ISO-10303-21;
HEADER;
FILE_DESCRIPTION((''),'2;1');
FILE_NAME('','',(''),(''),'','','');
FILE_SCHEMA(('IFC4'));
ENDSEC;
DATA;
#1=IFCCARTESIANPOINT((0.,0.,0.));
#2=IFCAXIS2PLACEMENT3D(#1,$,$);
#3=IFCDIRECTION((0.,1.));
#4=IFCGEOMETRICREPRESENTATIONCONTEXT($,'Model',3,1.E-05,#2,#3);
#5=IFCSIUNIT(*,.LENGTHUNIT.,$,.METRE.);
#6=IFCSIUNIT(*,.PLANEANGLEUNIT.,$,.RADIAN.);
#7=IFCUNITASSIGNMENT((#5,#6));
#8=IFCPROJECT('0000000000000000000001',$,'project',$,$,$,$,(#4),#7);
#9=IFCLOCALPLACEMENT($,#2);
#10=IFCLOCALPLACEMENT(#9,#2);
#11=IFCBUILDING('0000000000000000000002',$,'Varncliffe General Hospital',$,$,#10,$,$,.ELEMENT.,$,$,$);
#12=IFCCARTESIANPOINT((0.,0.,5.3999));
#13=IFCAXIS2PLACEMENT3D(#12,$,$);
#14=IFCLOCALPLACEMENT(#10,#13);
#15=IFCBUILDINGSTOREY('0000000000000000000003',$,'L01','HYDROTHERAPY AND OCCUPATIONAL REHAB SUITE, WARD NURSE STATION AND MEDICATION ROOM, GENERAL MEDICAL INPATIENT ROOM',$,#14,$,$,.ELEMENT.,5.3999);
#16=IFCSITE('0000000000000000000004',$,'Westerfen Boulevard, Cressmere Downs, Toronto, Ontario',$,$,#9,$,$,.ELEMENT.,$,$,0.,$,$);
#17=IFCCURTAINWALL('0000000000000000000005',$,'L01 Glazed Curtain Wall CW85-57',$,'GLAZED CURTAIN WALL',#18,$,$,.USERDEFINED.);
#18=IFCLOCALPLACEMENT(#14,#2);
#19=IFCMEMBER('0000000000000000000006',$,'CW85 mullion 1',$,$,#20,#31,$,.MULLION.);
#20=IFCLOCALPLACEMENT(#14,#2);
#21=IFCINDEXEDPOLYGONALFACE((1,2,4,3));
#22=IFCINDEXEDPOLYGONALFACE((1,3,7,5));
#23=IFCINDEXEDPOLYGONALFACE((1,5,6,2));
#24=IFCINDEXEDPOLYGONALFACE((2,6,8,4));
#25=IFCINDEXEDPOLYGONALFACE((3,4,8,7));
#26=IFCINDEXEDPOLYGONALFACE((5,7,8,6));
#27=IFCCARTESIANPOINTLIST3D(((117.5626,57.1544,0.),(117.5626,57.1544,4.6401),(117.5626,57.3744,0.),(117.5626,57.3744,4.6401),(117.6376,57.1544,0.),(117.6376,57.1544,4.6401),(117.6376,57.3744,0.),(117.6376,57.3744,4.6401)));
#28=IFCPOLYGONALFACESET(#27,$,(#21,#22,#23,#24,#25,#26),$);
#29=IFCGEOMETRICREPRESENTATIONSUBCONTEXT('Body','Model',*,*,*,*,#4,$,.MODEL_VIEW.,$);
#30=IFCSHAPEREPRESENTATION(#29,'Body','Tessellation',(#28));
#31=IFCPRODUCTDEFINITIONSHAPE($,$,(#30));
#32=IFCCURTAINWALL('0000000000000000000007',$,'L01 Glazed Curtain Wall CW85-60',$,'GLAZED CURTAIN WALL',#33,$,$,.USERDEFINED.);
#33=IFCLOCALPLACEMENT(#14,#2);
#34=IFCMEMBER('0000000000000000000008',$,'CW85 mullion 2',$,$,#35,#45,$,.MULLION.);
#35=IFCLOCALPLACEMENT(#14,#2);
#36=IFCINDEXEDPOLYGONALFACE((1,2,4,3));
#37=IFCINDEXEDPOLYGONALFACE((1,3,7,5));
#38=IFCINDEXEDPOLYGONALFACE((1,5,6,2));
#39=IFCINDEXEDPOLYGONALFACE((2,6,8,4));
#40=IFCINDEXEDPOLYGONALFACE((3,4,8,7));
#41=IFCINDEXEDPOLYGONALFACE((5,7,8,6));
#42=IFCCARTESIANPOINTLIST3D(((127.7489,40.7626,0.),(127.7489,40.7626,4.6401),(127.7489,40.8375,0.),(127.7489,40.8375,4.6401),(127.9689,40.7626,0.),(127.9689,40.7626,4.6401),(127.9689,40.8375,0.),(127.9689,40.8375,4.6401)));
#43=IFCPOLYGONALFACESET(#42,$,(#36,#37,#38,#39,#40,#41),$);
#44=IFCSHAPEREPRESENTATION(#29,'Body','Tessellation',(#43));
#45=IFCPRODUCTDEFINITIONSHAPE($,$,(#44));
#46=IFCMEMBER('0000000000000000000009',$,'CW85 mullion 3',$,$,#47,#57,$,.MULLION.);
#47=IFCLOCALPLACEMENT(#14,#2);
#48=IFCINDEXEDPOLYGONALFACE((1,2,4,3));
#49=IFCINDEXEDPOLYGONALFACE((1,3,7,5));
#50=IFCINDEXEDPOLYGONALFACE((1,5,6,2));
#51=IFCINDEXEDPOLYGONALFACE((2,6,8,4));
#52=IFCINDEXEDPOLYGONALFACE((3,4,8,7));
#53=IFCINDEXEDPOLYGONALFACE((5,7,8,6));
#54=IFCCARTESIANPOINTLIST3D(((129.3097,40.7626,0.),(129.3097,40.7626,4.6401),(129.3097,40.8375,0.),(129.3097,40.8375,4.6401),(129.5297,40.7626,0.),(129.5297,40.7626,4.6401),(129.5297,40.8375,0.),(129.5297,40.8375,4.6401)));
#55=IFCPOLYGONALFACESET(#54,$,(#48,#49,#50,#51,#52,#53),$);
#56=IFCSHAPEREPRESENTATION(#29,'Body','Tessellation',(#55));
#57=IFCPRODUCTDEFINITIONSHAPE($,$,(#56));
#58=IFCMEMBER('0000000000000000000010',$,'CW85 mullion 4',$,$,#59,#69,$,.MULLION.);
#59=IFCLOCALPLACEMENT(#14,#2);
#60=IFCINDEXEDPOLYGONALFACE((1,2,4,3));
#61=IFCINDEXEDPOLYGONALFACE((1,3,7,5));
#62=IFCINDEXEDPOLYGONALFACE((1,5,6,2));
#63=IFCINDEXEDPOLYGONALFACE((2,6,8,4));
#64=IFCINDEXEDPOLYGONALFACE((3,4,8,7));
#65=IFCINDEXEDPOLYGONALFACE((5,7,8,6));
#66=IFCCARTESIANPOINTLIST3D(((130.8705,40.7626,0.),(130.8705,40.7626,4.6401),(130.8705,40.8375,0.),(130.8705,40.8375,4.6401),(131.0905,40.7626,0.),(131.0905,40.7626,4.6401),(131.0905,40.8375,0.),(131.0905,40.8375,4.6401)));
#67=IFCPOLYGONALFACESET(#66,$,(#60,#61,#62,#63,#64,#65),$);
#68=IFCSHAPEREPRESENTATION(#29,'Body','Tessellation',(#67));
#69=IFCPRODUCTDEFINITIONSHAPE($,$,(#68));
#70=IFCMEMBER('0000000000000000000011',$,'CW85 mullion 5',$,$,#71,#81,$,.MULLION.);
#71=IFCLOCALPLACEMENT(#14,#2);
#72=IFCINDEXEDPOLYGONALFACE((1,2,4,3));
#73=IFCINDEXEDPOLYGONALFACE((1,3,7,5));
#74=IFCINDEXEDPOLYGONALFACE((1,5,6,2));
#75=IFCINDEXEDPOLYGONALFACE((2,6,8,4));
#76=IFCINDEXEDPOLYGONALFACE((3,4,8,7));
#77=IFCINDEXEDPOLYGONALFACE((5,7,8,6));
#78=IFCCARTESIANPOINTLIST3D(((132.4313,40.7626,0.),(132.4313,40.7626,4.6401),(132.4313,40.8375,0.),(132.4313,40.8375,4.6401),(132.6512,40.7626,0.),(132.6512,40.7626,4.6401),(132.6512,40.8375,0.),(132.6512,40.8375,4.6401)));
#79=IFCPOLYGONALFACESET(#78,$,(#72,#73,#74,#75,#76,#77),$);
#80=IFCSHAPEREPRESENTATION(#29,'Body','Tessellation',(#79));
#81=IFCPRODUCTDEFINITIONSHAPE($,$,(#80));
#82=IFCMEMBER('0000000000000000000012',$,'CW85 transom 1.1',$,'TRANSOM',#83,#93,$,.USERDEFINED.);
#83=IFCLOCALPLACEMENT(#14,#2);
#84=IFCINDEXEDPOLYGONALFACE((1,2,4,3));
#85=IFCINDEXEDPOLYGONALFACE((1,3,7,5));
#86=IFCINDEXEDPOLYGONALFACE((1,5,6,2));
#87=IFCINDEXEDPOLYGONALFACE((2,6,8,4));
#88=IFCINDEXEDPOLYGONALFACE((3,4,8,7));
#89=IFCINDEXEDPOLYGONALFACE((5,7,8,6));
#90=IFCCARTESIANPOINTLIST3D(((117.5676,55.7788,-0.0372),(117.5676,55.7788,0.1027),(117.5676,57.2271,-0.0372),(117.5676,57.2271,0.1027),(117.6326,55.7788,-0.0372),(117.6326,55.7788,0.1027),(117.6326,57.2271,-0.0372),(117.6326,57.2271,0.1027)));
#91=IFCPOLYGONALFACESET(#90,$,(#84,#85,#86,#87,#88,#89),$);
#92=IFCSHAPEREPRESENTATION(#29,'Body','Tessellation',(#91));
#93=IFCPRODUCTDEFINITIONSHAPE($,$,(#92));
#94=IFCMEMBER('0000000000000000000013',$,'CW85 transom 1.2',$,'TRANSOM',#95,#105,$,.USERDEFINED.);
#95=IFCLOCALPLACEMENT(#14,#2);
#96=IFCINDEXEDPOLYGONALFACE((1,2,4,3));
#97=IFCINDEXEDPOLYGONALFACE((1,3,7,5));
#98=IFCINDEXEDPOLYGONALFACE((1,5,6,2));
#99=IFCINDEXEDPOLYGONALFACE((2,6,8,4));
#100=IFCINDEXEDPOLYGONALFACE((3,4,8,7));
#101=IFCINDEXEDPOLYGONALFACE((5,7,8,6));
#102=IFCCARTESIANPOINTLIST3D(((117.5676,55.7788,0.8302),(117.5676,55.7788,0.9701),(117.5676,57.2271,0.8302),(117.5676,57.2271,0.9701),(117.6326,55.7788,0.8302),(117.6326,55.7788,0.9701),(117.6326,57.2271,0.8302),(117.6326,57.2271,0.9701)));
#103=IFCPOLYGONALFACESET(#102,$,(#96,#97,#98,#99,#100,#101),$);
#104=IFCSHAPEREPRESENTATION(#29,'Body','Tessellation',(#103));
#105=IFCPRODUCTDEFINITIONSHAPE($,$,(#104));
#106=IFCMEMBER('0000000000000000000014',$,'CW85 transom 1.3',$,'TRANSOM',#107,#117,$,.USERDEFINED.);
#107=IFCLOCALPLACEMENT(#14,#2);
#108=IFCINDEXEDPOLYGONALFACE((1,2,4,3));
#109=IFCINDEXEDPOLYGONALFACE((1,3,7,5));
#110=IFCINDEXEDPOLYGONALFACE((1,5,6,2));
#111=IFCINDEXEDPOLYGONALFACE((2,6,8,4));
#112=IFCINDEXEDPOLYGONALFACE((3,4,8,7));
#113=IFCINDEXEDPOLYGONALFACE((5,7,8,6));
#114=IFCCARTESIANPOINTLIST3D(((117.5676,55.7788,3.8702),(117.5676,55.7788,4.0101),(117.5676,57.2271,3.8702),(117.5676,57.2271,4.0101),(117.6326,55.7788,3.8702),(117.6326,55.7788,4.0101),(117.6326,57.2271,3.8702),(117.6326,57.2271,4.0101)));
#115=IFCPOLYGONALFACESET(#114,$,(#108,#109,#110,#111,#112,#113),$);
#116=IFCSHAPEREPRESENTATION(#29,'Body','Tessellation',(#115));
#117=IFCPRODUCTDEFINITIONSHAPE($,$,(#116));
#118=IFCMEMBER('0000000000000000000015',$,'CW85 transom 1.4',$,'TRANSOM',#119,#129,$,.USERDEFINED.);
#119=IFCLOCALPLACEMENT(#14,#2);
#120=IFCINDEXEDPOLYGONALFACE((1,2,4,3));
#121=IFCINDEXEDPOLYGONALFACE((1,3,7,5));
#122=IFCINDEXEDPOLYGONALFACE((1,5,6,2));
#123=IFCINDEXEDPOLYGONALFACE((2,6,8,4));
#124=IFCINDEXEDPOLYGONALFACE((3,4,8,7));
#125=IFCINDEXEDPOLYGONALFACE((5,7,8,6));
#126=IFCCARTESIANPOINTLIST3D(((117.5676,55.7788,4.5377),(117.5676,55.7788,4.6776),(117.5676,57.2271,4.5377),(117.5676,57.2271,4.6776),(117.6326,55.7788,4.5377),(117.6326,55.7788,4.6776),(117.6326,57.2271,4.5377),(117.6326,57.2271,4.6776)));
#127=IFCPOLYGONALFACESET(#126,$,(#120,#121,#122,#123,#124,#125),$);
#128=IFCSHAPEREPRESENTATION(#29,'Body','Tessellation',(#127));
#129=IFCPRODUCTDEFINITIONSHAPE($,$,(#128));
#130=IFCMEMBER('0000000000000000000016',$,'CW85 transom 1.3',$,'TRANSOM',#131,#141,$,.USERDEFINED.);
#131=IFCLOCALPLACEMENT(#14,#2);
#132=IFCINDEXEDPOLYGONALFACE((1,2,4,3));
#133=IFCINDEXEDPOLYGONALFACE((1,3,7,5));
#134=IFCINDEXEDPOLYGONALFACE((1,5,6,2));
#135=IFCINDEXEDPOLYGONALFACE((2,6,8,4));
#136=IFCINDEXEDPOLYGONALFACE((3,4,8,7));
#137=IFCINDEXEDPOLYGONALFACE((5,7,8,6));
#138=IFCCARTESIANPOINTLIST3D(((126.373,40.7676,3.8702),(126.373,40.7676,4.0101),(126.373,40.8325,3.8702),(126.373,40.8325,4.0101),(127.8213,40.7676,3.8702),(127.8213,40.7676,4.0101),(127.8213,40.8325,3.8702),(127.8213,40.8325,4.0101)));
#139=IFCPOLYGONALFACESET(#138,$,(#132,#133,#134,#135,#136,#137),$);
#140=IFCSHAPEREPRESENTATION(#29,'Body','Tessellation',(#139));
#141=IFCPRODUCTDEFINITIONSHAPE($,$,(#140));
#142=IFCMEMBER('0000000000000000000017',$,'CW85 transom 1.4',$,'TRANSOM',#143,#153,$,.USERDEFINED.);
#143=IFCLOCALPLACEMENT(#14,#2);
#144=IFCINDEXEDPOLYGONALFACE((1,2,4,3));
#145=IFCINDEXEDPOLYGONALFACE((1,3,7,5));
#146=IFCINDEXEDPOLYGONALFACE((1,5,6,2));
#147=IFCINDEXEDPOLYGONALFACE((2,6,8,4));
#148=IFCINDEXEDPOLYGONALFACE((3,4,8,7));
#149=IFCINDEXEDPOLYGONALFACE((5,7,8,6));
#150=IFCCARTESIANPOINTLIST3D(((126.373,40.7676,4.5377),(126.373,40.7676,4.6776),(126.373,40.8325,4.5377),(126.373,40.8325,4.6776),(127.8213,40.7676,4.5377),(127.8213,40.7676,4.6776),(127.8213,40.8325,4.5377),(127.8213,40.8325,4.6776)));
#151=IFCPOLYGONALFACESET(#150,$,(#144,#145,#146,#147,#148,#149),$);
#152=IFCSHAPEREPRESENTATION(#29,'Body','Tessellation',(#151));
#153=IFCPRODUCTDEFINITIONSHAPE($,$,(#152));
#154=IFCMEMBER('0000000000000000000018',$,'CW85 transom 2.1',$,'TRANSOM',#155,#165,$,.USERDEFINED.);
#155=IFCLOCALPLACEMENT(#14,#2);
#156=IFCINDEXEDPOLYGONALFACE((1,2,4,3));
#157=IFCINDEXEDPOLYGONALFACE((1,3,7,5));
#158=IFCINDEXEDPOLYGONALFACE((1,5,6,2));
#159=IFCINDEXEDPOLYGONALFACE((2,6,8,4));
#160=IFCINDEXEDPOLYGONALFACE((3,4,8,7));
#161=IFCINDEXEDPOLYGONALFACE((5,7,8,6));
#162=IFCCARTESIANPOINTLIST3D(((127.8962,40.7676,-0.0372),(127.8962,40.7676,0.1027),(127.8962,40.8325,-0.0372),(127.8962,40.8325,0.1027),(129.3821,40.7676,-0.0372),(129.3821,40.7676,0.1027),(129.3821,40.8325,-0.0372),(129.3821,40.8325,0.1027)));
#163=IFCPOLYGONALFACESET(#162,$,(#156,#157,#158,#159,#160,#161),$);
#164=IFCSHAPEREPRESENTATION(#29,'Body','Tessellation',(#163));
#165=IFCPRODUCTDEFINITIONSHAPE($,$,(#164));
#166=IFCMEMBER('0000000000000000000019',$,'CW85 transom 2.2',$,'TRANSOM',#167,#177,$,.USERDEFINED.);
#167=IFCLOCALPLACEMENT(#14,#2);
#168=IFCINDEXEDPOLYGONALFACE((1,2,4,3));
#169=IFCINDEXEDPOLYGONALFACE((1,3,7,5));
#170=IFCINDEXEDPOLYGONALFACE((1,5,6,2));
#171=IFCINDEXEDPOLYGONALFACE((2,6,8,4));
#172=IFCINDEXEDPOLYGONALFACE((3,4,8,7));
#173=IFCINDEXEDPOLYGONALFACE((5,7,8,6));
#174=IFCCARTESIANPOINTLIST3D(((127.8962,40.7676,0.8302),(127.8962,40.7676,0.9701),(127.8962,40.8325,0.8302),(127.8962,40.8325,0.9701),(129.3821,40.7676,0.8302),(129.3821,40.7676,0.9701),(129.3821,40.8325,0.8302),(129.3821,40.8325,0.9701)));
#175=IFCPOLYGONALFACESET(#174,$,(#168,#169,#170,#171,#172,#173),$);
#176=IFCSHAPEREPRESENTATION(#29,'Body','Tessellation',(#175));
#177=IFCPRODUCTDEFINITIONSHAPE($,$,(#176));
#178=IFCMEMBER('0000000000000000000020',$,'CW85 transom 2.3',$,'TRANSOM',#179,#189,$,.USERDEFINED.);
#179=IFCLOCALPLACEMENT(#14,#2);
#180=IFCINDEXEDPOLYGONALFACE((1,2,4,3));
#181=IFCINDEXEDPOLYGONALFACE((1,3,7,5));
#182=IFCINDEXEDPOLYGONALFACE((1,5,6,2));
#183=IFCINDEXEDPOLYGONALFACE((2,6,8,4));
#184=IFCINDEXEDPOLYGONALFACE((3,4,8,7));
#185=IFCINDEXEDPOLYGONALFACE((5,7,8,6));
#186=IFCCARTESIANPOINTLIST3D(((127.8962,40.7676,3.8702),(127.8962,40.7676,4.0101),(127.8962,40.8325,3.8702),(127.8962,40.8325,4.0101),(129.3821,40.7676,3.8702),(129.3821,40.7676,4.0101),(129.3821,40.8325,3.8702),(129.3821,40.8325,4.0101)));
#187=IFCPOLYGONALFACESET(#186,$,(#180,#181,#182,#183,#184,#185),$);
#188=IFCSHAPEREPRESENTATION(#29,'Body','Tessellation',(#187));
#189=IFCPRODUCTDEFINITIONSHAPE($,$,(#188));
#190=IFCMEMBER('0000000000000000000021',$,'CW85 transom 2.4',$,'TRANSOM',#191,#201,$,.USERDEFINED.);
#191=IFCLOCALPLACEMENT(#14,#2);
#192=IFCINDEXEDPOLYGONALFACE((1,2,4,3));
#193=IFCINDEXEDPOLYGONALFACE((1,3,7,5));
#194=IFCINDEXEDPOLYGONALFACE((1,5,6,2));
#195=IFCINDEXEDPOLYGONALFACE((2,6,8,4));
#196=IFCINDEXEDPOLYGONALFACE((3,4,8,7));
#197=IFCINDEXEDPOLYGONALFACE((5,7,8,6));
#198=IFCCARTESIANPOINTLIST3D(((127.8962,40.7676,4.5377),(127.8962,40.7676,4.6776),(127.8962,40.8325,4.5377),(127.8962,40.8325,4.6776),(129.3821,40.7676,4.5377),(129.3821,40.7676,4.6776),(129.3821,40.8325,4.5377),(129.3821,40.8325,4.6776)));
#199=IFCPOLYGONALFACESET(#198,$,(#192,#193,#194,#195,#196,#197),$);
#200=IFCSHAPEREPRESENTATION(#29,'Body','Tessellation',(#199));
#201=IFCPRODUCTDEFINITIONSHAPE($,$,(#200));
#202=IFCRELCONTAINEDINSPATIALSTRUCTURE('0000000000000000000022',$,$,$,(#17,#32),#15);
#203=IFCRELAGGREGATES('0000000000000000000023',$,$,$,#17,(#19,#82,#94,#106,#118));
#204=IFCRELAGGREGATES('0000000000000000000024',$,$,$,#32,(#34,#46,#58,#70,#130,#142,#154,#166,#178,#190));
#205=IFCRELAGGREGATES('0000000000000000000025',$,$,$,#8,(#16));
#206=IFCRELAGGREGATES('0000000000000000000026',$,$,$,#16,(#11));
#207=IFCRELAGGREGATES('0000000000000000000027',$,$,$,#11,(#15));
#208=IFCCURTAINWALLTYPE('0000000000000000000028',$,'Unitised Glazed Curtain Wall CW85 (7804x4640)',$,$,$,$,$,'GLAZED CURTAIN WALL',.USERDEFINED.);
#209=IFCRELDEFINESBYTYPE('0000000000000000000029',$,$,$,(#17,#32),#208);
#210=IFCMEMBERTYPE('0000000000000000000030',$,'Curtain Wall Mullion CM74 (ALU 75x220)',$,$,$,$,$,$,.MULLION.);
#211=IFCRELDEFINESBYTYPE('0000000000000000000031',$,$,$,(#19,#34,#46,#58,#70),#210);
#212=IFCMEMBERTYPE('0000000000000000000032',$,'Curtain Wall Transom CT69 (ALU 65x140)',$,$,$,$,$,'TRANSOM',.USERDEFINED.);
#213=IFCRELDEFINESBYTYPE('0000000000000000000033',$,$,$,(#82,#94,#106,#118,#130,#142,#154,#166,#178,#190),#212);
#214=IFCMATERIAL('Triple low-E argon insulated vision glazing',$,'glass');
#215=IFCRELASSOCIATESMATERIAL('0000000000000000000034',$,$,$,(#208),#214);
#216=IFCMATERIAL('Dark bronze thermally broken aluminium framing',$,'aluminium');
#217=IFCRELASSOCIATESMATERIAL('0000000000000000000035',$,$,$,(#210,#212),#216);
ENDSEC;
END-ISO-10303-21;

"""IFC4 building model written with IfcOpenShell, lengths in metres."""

from ifc_helpers import new_model, si_unit, direction, frame, origin, origin_2d, place, context, subcontext, project, spatial, rectangle, extrude, material, material_profile, profile_set, type_object, element, aggregate, save


model = new_model("IFC4")

# Units and contexts
model_context = context("Model", 3, precision=1e-05, world=origin(), true_north=direction((0.0, 1.0)))
body_context = subcontext(model_context, "Body", "Model", "MODEL_VIEW")
ifc_project = project(units=[si_unit("LENGTHUNIT", "METRE"), si_unit("PLANEANGLEUNIT", "RADIAN")], contexts=[model_context])

# Site, building, storey
site_placement = place(None, origin())
site = spatial("IfcSite", under=ifc_project, at=site_placement, Name="Westerfen Boulevard, Cressmere Downs, Toronto, Ontario", CompositionType="ELEMENT", RefElevation=0.0)
building_placement = place(site_placement, origin())
building = spatial("IfcBuilding", under=site, at=building_placement, Name="Varncliffe General Hospital", CompositionType="ELEMENT")
storey_placement = place(building_placement, frame((0.0, 0.0, 5.3999)))
storey = spatial("IfcBuildingStorey", under=building, at=storey_placement, Name="L01", Description="HYDROTHERAPY AND OCCUPATIONAL REHAB SUITE, WARD NURSE STATION AND MEDICATION ROOM, GENERAL MEDICAL INPATIENT ROOM", CompositionType="ELEMENT", Elevation=5.3999)

# Curtain wall, member
ifc_material_1 = material(Name="Triple low-E argon insulated vision glazing", Category="glass")
curtain_wall_type = type_object("IfcCurtainWallType", Name="Unitised Glazed Curtain Wall CW85 (7804x4640)", ElementType="GLAZED CURTAIN WALL", PredefinedType="USERDEFINED", material=ifc_material_1)
curtain_wall_1_placement = place(storey_placement, origin())
curtain_wall_1 = element("IfcCurtainWall", 1, at=curtain_wall_1_placement, inside=storey, type_object=curtain_wall_type, Name="L01 Glazed Curtain Wall CW85-57", ObjectType="GLAZED CURTAIN WALL", PredefinedType="USERDEFINED")
ifc_material_2 = material(Name="Dark bronze thermally broken aluminium framing", Category="aluminium")
ifc_material_profile_1 = material_profile(ifc_material_2, rectangle(XDim=0.075, YDim=0.22, at=origin_2d()), Name="ALU 75x220")
ifc_profile_set_1 = profile_set([ifc_material_profile_1], Name="Dark bronze thermally broken aluminium framing")
member_type_1 = type_object("IfcMemberType", Name="Curtain Wall Mullion CM74 (ALU 75x220)", PredefinedType="MULLION", material=ifc_profile_set_1)
member_1_placement = place(storey_placement, frame((117.6001, 57.2644, 0.0), z_axis=(0.0, 0.0, 1.0), x_axis=(1.0, 0.0, 0.0)))
member_1 = element("IfcMember", 2, at=member_1_placement, type_object=member_type_1, Name="CW85 mullion 1", PredefinedType="MULLION", context=body_context, shape_type="SweptSolid", body=[
    extrude(rectangle(XDim=0.075, YDim=0.22, at=origin_2d()), origin(), (0.0, 0.0, 1.0), 4.6401),
])

# Curtain wall, members
curtain_wall_2_placement = place(storey_placement, origin())
curtain_wall_2 = element("IfcCurtainWall", 3, at=curtain_wall_2_placement, inside=storey, type_object=curtain_wall_type, Name="L01 Glazed Curtain Wall CW85-60", ObjectType="GLAZED CURTAIN WALL", PredefinedType="USERDEFINED")
member_2_placement = place(storey_placement, frame((127.8589, 40.8, 0.0), z_axis=(0.0, 0.0, 1.0), x_axis=(0.0, 1.0, 0.0)))
member_2 = element("IfcMember", 4, at=member_2_placement, type_object=member_type_1, Name="CW85 mullion 2", PredefinedType="MULLION", context=body_context, shape_type="SweptSolid", body=[
    extrude(rectangle(XDim=0.075, YDim=0.22, at=origin_2d()), origin(), (0.0, 0.0, 1.0), 4.6401),
])
member_3_placement = place(storey_placement, frame((129.4197, 40.8, 0.0), z_axis=(0.0, 0.0, 1.0), x_axis=(0.0, 1.0, 0.0)))
member_3 = element("IfcMember", 5, at=member_3_placement, type_object=member_type_1, Name="CW85 mullion 3", PredefinedType="MULLION", context=body_context, shape_type="SweptSolid", body=[
    extrude(rectangle(XDim=0.075, YDim=0.22, at=origin_2d()), origin(), (0.0, 0.0, 1.0), 4.6401),
])
member_4_placement = place(storey_placement, frame((130.9805, 40.8, 0.0), z_axis=(0.0, 0.0, 1.0), x_axis=(0.0, 1.0, 0.0)))
member_4 = element("IfcMember", 6, at=member_4_placement, type_object=member_type_1, Name="CW85 mullion 4", PredefinedType="MULLION", context=body_context, shape_type="SweptSolid", body=[
    extrude(rectangle(XDim=0.075, YDim=0.22, at=origin_2d()), origin(), (0.0, 0.0, 1.0), 4.6401),
])
member_5_placement = place(storey_placement, frame((132.5413, 40.8, 0.0), z_axis=(0.0, 0.0, 1.0), x_axis=(0.0, 1.0, 0.0)))
member_5 = element("IfcMember", 7, at=member_5_placement, type_object=member_type_1, Name="CW85 mullion 5", PredefinedType="MULLION", context=body_context, shape_type="SweptSolid", body=[
    extrude(rectangle(XDim=0.075, YDim=0.22, at=origin_2d()), origin(), (0.0, 0.0, 1.0), 4.6401),
])

# Members
ifc_material_profile_2 = material_profile(ifc_material_2, rectangle(XDim=0.0649, YDim=0.1399, at=origin_2d()), Name="ALU 65x140")
ifc_profile_set_2 = profile_set([ifc_material_profile_2], Name="Dark bronze thermally broken aluminium framing")
member_type_2 = type_object("IfcMemberType", Name="Curtain Wall Transom CT69 (ALU 65x140)", ElementType="TRANSOM", PredefinedType="USERDEFINED", material=ifc_profile_set_2)
member_6_placement = place(storey_placement, frame((117.6001, 57.2271, 0.0327), z_axis=(0.0, -1.0, 0.0), x_axis=(1.0, 0.0, 0.0)))
member_6 = element("IfcMember", 8, at=member_6_placement, type_object=member_type_2, Name="CW85 transom 1.1", ObjectType="TRANSOM", PredefinedType="USERDEFINED", context=body_context, shape_type="SweptSolid", body=[
    extrude(rectangle(XDim=0.0649, YDim=0.1399, at=origin_2d()), origin(), (0.0, 0.0, 1.0), 1.4482),
])
member_7_placement = place(storey_placement, frame((117.6001, 57.2271, 0.9001), z_axis=(0.0, -1.0, 0.0), x_axis=(1.0, 0.0, 0.0)))
member_7 = element("IfcMember", 9, at=member_7_placement, type_object=member_type_2, Name="CW85 transom 1.2", ObjectType="TRANSOM", PredefinedType="USERDEFINED", context=body_context, shape_type="SweptSolid", body=[
    extrude(rectangle(XDim=0.0649, YDim=0.1399, at=origin_2d()), origin(), (0.0, 0.0, 1.0), 1.4482),
])
member_8_placement = place(storey_placement, frame((117.6001, 57.2271, 3.9402), z_axis=(0.0, -1.0, 0.0), x_axis=(1.0, 0.0, 0.0)))
member_8 = element("IfcMember", 10, at=member_8_placement, type_object=member_type_2, Name="CW85 transom 1.3", ObjectType="TRANSOM", PredefinedType="USERDEFINED", context=body_context, shape_type="SweptSolid", body=[
    extrude(rectangle(XDim=0.0649, YDim=0.1399, at=origin_2d()), origin(), (0.0, 0.0, 1.0), 1.4482),
])
member_9_placement = place(storey_placement, frame((117.6001, 57.2271, 4.6077), z_axis=(0.0, -1.0, 0.0), x_axis=(1.0, 0.0, 0.0)))
member_9 = element("IfcMember", 11, at=member_9_placement, type_object=member_type_2, Name="CW85 transom 1.4", ObjectType="TRANSOM", PredefinedType="USERDEFINED", context=body_context, shape_type="SweptSolid", body=[
    extrude(rectangle(XDim=0.0649, YDim=0.1399, at=origin_2d()), origin(), (0.0, 0.0, 1.0), 1.4482),
])
member_10_placement = place(storey_placement, frame((126.373, 40.8, 3.9402), z_axis=(1.0, 0.0, 0.0), x_axis=(0.0, 1.0, 0.0)))
member_10 = element("IfcMember", 12, at=member_10_placement, type_object=member_type_2, Name="CW85 transom 1.3", ObjectType="TRANSOM", PredefinedType="USERDEFINED", context=body_context, shape_type="SweptSolid", body=[
    extrude(rectangle(XDim=0.0649, YDim=0.1399, at=origin_2d()), origin(), (0.0, 0.0, 1.0), 1.4482),
])
member_11_placement = place(storey_placement, frame((126.373, 40.8, 4.6077), z_axis=(1.0, 0.0, 0.0), x_axis=(0.0, 1.0, 0.0)))
member_11 = element("IfcMember", 13, at=member_11_placement, type_object=member_type_2, Name="CW85 transom 1.4", ObjectType="TRANSOM", PredefinedType="USERDEFINED", context=body_context, shape_type="SweptSolid", body=[
    extrude(rectangle(XDim=0.0649, YDim=0.1399, at=origin_2d()), origin(), (0.0, 0.0, 1.0), 1.4482),
])
member_12_placement = place(storey_placement, frame((127.8962, 40.8, 0.0327), z_axis=(1.0, 0.0, 0.0), x_axis=(0.0, 1.0, 0.0)))
member_12 = element("IfcMember", 14, at=member_12_placement, type_object=member_type_2, Name="CW85 transom 2.1", ObjectType="TRANSOM", PredefinedType="USERDEFINED", context=body_context, shape_type="SweptSolid", body=[
    extrude(rectangle(XDim=0.0649, YDim=0.1399, at=origin_2d()), origin(), (0.0, 0.0, 1.0), 1.4858),
])
member_13_placement = place(storey_placement, frame((127.8962, 40.8, 0.9001), z_axis=(1.0, 0.0, 0.0), x_axis=(0.0, 1.0, 0.0)))
member_13 = element("IfcMember", 15, at=member_13_placement, type_object=member_type_2, Name="CW85 transom 2.2", ObjectType="TRANSOM", PredefinedType="USERDEFINED", context=body_context, shape_type="SweptSolid", body=[
    extrude(rectangle(XDim=0.0649, YDim=0.1399, at=origin_2d()), origin(), (0.0, 0.0, 1.0), 1.4858),
])
member_14_placement = place(storey_placement, frame((127.8962, 40.8, 3.9402), z_axis=(1.0, 0.0, 0.0), x_axis=(0.0, 1.0, 0.0)))
member_14 = element("IfcMember", 16, at=member_14_placement, type_object=member_type_2, Name="CW85 transom 2.3", ObjectType="TRANSOM", PredefinedType="USERDEFINED", context=body_context, shape_type="SweptSolid", body=[
    extrude(rectangle(XDim=0.0649, YDim=0.1399, at=origin_2d()), origin(), (0.0, 0.0, 1.0), 1.4858),
])
member_15_placement = place(storey_placement, frame((127.8962, 40.8, 4.6077), z_axis=(1.0, 0.0, 0.0), x_axis=(0.0, 1.0, 0.0)))
member_15 = element("IfcMember", 17, at=member_15_placement, type_object=member_type_2, Name="CW85 transom 2.4", ObjectType="TRANSOM", PredefinedType="USERDEFINED", context=body_context, shape_type="SweptSolid", body=[
    extrude(rectangle(XDim=0.0649, YDim=0.1399, at=origin_2d()), origin(), (0.0, 0.0, 1.0), 1.4858),
])

aggregate(curtain_wall_1, [member_1, member_6, member_7, member_8, member_9])
aggregate(curtain_wall_2, [member_2, member_3, member_4, member_5, member_10, member_11, member_12, member_13, member_14, member_15])

save(model, "model.ifc")
